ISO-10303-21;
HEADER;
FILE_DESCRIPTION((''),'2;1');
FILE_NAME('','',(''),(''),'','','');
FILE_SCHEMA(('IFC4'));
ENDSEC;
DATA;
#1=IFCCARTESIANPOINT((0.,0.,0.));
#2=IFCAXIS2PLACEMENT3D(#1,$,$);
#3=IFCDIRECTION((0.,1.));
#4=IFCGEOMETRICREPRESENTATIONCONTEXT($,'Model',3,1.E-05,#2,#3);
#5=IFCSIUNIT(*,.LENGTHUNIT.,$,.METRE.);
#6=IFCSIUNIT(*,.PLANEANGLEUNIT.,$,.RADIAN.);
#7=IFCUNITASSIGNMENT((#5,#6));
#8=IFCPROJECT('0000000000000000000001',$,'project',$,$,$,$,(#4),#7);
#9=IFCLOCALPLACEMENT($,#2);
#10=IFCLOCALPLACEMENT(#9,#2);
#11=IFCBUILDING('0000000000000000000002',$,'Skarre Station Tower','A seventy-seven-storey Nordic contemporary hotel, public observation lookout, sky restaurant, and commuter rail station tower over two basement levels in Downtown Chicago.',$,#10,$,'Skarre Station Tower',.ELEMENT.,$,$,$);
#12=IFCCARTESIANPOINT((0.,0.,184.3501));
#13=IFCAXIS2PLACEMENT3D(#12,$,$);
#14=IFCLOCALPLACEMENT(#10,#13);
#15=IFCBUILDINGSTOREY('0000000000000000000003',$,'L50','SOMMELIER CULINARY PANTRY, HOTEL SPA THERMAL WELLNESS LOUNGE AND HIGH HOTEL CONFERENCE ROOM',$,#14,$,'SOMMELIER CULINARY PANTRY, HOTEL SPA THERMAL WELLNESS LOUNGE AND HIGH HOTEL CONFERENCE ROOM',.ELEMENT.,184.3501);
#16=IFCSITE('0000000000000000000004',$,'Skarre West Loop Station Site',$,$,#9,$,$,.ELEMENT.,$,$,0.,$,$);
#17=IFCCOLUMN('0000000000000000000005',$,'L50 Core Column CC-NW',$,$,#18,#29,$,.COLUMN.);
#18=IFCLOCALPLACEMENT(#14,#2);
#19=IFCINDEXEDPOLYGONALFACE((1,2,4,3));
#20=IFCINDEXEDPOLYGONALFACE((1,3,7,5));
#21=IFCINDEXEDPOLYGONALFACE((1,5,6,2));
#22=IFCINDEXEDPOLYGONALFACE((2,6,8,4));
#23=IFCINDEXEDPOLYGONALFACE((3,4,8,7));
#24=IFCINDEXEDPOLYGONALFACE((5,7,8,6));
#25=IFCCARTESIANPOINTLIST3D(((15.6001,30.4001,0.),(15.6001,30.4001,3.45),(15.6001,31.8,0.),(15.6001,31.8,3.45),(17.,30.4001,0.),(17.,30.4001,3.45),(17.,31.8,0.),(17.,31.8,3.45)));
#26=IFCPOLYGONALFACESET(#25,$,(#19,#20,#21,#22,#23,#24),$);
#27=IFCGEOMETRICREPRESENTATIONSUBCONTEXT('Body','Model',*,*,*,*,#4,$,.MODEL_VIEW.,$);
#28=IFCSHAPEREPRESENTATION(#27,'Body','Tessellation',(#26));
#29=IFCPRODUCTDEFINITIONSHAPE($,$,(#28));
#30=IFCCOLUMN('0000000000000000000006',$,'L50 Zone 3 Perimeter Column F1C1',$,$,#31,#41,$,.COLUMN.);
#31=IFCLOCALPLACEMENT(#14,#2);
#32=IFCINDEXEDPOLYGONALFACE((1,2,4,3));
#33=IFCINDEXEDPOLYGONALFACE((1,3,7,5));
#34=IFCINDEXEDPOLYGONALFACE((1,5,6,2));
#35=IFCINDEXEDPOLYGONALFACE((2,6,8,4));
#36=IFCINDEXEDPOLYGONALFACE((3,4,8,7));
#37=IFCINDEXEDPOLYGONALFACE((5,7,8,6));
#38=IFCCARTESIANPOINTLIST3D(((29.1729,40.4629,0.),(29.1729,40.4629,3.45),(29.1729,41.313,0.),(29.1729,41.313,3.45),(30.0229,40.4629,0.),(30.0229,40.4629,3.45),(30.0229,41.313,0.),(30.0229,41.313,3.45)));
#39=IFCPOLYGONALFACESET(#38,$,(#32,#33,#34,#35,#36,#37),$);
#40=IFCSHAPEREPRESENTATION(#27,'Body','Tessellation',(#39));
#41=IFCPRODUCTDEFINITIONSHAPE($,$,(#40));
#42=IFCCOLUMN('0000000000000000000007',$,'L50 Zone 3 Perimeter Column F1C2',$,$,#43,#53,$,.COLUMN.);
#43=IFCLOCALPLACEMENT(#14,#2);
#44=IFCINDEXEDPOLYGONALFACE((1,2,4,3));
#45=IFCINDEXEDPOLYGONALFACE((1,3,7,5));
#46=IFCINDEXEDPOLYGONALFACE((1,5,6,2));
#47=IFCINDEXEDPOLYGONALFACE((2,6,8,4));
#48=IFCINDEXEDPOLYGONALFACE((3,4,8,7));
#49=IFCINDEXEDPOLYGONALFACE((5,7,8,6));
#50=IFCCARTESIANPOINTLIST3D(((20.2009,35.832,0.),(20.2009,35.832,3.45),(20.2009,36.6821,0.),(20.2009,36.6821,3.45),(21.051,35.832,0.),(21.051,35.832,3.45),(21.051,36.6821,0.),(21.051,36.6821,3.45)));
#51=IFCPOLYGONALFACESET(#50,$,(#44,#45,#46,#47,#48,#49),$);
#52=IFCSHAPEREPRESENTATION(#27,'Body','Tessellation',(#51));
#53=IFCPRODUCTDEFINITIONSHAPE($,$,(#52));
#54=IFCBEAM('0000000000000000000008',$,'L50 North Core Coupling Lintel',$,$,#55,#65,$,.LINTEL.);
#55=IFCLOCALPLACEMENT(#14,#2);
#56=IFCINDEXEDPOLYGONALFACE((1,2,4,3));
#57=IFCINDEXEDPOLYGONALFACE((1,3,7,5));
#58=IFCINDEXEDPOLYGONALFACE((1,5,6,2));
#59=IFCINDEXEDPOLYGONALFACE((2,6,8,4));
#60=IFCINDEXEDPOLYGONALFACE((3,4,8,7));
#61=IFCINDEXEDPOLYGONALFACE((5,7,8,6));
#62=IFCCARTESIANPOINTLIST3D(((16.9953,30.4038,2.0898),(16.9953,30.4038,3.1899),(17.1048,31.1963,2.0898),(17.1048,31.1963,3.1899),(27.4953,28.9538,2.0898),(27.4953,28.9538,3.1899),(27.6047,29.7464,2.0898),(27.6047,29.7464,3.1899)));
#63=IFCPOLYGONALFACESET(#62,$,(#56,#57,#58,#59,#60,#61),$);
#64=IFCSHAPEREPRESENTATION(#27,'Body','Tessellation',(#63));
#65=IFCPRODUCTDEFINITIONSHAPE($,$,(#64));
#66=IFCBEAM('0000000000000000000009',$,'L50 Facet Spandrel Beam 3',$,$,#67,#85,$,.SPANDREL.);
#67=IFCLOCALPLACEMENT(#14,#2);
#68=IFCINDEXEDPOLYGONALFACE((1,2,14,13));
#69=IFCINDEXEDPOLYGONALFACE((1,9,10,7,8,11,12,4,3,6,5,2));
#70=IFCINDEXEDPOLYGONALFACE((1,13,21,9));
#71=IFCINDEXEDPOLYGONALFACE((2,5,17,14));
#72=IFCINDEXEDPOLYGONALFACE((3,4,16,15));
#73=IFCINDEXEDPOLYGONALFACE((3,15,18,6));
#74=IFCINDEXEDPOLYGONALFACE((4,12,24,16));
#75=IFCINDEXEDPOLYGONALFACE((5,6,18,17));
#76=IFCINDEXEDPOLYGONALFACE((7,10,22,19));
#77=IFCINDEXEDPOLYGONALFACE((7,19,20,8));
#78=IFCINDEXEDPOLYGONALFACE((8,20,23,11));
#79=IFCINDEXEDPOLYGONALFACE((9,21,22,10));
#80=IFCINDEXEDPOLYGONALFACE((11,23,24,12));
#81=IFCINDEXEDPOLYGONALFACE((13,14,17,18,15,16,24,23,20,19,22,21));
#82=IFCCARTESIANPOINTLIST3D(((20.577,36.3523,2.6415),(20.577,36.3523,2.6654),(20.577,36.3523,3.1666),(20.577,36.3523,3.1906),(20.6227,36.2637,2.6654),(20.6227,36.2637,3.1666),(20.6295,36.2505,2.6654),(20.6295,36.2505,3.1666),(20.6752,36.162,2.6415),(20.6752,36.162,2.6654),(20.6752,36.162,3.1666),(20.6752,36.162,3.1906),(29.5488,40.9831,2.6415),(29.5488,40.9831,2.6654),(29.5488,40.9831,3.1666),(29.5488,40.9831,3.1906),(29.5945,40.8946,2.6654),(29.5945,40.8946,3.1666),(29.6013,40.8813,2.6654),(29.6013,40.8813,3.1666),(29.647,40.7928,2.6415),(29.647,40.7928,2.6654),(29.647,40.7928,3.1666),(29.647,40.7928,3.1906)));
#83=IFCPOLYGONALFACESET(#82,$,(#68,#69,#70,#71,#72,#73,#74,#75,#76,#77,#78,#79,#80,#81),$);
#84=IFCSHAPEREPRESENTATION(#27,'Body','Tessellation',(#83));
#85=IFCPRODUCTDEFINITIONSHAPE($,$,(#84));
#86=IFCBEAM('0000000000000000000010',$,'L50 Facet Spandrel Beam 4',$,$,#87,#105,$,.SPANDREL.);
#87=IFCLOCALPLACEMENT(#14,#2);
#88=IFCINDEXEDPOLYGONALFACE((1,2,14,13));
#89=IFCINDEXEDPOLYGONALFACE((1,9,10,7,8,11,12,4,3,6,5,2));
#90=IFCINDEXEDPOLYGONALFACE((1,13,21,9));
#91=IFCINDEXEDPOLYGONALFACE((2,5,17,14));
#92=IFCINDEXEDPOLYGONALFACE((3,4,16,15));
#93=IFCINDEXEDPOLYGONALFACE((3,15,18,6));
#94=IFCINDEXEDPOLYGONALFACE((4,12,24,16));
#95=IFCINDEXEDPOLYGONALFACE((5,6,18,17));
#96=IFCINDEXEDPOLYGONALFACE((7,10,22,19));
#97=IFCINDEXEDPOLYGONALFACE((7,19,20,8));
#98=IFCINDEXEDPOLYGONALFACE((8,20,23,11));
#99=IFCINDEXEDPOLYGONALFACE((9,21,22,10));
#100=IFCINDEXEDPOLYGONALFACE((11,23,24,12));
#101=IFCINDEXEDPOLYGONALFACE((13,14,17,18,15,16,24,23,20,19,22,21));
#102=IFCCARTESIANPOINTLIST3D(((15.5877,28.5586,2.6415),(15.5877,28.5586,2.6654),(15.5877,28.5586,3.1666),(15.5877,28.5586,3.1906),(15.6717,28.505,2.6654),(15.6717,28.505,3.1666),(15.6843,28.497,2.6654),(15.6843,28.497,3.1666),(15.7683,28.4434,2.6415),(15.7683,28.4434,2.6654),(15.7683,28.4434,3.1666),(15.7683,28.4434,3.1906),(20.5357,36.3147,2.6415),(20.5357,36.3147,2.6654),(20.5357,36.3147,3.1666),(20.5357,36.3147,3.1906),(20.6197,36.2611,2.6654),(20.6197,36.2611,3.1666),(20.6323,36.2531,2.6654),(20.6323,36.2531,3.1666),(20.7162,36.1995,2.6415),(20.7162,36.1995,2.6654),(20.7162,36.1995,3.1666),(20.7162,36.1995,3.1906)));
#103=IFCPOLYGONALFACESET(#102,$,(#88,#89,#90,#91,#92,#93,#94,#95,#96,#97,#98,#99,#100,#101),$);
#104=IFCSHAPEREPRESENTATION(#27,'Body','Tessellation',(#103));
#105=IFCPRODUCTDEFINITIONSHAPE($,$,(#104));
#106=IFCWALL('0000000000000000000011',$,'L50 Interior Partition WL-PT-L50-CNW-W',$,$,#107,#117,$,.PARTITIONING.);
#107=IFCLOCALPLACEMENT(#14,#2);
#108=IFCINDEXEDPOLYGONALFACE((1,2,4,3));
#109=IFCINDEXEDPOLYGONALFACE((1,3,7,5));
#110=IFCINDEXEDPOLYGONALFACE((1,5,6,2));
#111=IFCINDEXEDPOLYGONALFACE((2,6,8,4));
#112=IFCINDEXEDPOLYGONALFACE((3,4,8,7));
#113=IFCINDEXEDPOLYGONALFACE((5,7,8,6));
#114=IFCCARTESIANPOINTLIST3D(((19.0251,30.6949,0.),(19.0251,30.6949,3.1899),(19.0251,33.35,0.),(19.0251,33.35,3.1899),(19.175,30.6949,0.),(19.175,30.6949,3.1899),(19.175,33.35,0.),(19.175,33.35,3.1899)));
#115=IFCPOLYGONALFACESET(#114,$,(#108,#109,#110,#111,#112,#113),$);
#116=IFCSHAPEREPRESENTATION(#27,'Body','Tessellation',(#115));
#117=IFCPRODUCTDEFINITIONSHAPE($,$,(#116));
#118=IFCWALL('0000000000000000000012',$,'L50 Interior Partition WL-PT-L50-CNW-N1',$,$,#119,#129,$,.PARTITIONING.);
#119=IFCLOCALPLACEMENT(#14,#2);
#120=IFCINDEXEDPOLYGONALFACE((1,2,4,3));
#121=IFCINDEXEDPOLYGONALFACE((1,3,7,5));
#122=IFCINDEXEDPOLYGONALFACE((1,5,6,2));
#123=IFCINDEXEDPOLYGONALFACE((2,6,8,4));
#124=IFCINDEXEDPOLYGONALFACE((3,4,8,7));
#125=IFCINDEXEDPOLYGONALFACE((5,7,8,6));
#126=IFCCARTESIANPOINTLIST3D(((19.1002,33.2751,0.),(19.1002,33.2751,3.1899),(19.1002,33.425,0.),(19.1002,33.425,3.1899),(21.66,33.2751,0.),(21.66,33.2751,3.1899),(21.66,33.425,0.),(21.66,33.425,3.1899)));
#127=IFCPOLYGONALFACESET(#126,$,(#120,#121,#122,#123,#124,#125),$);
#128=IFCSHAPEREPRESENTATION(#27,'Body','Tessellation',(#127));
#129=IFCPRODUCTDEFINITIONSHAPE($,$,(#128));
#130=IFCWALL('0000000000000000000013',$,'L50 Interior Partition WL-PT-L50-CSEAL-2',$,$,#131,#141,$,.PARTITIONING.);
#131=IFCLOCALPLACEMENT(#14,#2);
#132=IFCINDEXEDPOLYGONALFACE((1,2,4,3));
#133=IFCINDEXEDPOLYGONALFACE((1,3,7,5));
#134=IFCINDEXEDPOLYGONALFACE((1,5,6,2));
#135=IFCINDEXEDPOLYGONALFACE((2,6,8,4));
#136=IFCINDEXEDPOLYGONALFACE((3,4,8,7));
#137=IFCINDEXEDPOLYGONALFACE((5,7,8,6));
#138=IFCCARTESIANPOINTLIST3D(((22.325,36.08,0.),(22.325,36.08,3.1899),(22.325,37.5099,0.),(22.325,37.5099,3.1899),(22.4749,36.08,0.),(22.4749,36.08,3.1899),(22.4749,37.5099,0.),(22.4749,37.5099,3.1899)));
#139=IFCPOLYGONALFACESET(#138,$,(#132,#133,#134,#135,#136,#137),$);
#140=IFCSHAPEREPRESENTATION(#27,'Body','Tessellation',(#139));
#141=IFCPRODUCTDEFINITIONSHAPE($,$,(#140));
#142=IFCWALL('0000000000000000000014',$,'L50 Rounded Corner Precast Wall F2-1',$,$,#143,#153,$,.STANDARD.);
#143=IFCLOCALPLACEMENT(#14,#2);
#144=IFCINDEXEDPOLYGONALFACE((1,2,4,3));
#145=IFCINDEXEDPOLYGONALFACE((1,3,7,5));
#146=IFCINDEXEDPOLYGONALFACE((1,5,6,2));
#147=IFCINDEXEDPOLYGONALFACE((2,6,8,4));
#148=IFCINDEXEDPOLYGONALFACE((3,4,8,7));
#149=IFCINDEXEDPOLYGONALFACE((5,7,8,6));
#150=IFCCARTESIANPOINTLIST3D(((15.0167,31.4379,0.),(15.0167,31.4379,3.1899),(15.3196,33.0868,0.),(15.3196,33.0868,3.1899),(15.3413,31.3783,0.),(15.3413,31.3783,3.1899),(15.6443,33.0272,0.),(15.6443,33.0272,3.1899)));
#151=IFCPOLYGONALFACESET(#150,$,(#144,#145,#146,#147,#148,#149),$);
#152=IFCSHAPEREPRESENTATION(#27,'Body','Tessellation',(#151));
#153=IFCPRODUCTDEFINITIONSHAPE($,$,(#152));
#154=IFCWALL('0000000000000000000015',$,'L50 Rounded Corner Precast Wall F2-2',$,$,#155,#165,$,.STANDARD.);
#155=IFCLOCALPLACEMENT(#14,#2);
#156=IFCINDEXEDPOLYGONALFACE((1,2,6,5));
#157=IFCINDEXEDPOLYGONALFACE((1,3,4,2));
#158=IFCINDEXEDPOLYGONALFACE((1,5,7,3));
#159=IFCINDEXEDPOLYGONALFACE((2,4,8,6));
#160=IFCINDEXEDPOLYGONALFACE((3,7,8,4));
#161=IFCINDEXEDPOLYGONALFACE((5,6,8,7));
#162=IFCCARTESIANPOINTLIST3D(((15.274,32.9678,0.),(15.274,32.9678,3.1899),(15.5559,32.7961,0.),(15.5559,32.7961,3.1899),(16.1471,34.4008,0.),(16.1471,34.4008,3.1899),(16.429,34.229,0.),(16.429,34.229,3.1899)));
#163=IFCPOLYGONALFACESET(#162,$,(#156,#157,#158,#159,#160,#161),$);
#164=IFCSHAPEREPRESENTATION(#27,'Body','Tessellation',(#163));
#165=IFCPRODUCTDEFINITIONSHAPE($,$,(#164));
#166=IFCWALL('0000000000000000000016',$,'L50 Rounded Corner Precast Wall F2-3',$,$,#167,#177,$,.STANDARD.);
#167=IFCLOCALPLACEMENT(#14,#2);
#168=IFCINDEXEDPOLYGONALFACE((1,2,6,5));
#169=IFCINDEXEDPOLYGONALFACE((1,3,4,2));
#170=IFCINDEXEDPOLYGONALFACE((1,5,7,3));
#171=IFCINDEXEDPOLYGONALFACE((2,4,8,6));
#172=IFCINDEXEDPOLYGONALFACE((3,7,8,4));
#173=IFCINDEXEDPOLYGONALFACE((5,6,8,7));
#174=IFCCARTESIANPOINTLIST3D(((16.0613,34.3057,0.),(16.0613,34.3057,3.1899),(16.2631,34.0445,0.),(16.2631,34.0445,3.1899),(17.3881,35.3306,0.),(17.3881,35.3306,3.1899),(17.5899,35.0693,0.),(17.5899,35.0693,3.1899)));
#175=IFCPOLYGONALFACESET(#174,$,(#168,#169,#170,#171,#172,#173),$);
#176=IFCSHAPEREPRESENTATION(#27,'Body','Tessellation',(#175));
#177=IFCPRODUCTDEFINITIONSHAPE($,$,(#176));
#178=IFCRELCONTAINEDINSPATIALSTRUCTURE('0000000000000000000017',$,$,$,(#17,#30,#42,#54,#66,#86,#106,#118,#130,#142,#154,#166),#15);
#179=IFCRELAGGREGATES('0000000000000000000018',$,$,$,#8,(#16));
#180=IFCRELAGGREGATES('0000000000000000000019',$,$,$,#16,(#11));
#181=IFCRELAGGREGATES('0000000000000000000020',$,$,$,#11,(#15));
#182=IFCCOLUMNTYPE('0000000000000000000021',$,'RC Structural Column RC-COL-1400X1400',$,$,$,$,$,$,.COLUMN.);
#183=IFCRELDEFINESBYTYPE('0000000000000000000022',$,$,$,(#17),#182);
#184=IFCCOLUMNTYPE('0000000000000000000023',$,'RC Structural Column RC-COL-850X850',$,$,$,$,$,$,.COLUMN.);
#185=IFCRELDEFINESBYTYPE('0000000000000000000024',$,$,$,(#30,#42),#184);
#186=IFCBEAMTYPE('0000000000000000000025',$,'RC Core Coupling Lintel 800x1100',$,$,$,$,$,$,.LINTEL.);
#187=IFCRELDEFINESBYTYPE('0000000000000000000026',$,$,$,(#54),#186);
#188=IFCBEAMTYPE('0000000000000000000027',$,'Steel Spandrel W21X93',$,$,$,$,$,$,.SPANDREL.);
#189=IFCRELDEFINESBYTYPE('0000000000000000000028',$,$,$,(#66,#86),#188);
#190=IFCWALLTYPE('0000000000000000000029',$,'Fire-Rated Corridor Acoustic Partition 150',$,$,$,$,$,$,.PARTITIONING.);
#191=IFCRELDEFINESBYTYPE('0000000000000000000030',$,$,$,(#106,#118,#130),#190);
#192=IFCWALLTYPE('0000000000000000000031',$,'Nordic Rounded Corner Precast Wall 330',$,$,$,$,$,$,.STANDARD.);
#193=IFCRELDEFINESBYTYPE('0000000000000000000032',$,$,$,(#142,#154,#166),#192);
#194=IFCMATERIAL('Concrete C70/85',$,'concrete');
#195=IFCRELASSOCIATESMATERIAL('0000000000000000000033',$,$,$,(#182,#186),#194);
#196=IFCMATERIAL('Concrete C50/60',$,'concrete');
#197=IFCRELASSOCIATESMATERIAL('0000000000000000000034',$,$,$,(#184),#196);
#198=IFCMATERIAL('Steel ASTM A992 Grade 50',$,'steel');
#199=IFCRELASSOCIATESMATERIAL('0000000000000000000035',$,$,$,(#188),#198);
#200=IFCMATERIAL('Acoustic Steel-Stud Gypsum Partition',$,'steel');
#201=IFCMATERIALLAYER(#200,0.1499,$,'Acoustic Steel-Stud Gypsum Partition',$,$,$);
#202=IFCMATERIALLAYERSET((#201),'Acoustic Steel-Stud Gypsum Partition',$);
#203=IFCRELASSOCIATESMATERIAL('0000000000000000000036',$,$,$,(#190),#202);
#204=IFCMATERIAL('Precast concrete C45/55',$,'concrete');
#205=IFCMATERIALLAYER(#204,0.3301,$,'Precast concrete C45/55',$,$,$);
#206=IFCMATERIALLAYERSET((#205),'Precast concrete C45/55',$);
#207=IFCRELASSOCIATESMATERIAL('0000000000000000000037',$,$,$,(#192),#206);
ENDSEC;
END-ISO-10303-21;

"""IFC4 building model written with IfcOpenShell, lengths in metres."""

from ifc_helpers import new_model, si_unit, direction, frame, frame_2d, origin, origin_2d, place, context, subcontext, project, spatial, rectangle, i_section, extrude, material, layer, layer_set, material_profile, profile_set, type_object, element, save


model = new_model("IFC4")

# Units and contexts
model_context = context("Model", 3, precision=1e-05, world=origin(), true_north=direction((0.0, 1.0)))
body_context = subcontext(model_context, "Body", "Model", "MODEL_VIEW")
ifc_project = project(units=[si_unit("LENGTHUNIT", "METRE"), si_unit("PLANEANGLEUNIT", "RADIAN")], contexts=[model_context])

# Site, building, storey
site_placement = place(None, origin())
site = spatial("IfcSite", under=ifc_project, at=site_placement, Name="Skarre West Loop Station Site", CompositionType="ELEMENT", RefElevation=0.0)
building_placement = place(site_placement, origin())
building = spatial("IfcBuilding", under=site, at=building_placement, Name="Skarre Station Tower", Description="A seventy-seven-storey Nordic contemporary hotel, public observation lookout, sky restaurant, and commuter rail station tower over two basement levels in Downtown Chicago.", LongName="Skarre Station Tower", CompositionType="ELEMENT")
storey_placement = place(building_placement, frame((0.0, 0.0, 184.3501)))
storey = spatial("IfcBuildingStorey", under=building, at=storey_placement, Name="L50", Description="SOMMELIER CULINARY PANTRY, HOTEL SPA THERMAL WELLNESS LOUNGE AND HIGH HOTEL CONFERENCE ROOM", LongName="SOMMELIER CULINARY PANTRY, HOTEL SPA THERMAL WELLNESS LOUNGE AND HIGH HOTEL CONFERENCE ROOM", CompositionType="ELEMENT", Elevation=184.3501)

# Columns
ifc_material_1 = material(Name="Concrete C70/85", Category="concrete")
ifc_material_profile_1 = material_profile(ifc_material_1, rectangle(XDim=1.3999, YDim=1.3999, at=origin_2d()), Name="Concrete C70/85")
ifc_profile_set_1 = profile_set([ifc_material_profile_1], Name="Concrete C70/85")
column_type_1 = type_object("IfcColumnType", Name="RC Structural Column RC-COL-1400X1400", PredefinedType="COLUMN", material=ifc_profile_set_1)
column_placement = place(storey_placement, frame((16.3, 31.1001, 0.0), z_axis=(0.0, 0.0, 1.0), x_axis=(1.0, 0.0, 0.0)))
element("IfcColumn", 1, at=column_placement, inside=storey, type_object=column_type_1, Name="L50 Core Column CC-NW", PredefinedType="COLUMN", context=body_context, shape_type="SweptSolid", body=[
    extrude(rectangle(XDim=1.3999, YDim=1.3999, at=origin_2d()), origin(), (0.0, 0.0, 1.0), 3.45),
])
ifc_material_2 = material(Name="Concrete C50/60", Category="concrete")
ifc_material_profile_2 = material_profile(ifc_material_2, rectangle(XDim=0.8501, YDim=0.8501, at=origin_2d()), Name="Concrete C50/60")
ifc_profile_set_2 = profile_set([ifc_material_profile_2], Name="Concrete C50/60")
column_type_2 = type_object("IfcColumnType", Name="RC Structural Column RC-COL-850X850", PredefinedType="COLUMN", material=ifc_profile_set_2)
for number, where, z_axis, x_axis, name in (
    (2, (29.5979, 40.8879, 0.0), (0.0, 0.0, 1.0), (1.0, 0.0, 0.0), "L50 Zone 3 Perimeter Column F1C1"),
    (3, (20.626, 36.2571, 0.0), (0.0, 0.0, 1.0), (1.0, 0.0, 0.0), "L50 Zone 3 Perimeter Column F1C2"),
):
    element("IfcColumn", number, at=place(storey_placement, frame(where, z_axis=z_axis, x_axis=x_axis)), inside=storey, type_object=column_type_2, Name=name, PredefinedType="COLUMN", context=body_context, shape_type="SweptSolid", body=[
        extrude(rectangle(XDim=0.8501, YDim=0.8501, at=origin_2d()), origin(), (0.0, 0.0, 1.0), 3.45),
    ])

# Beams
ifc_material_profile_3 = material_profile(ifc_material_1, rectangle(XDim=0.8, YDim=1.1001, at=origin_2d()), Name="Concrete C70/85")
ifc_profile_set_3 = profile_set([ifc_material_profile_3], Name="Concrete C70/85")
beam_type_1 = type_object("IfcBeamType", Name="RC Core Coupling Lintel 800x1100", PredefinedType="LINTEL", material=ifc_profile_set_3)
beam_1_placement = place(storey_placement, frame((17.05, 30.8, 2.6399), z_axis=(0.9906, -0.136792, 0.0), x_axis=(0.136792, 0.9906, 0.0)))
element("IfcBeam", 4, at=beam_1_placement, inside=storey, type_object=beam_type_1, Name="L50 North Core Coupling Lintel", PredefinedType="LINTEL", context=body_context, shape_type="SweptSolid", body=[
    extrude(rectangle(XDim=0.8, YDim=1.1001, at=origin_2d()), origin(), (0.0, 0.0, 1.0), 10.5996),
])
ifc_material_3 = material(Name="Steel ASTM A992 Grade 50", Category="steel")
ifc_material_profile_4 = material_profile(ifc_material_3, i_section(OverallWidth=0.2141, OverallDepth=0.5491, WebThickness=0.0149, FlangeThickness=0.0239, at=origin_2d()), Name="Steel ASTM A992 Grade 50")
ifc_profile_set_4 = profile_set([ifc_material_profile_4], Name="Steel ASTM A992 Grade 50")
beam_type_2 = type_object("IfcBeamType", Name="Steel Spandrel W21X93", PredefinedType="SPANDREL", material=ifc_profile_set_4)
beam_2_placement = place(storey_placement, frame((29.5979, 40.8879, 2.916), z_axis=(-0.888613, -0.458658, 0.0), x_axis=(0.458658, -0.888613, 0.0)))
element("IfcBeam", 5, at=beam_2_placement, inside=storey, type_object=beam_type_2, Name="L50 Facet Spandrel Beam 3", PredefinedType="SPANDREL", context=body_context, shape_type="SweptSolid", body=[
    extrude(i_section(OverallWidth=0.2141, OverallDepth=0.5491, WebThickness=0.0149, FlangeThickness=0.0239, at=origin_2d()), origin(), (0.0, 0.0, 1.0), 10.0964),
])
beam_3_placement = place(storey_placement, frame((20.626, 36.2571, 2.916), z_axis=(-0.537826, -0.843056, 0.0), x_axis=(0.843056, -0.537826, 0.0)))
element("IfcBeam", 6, at=beam_3_placement, inside=storey, type_object=beam_type_2, Name="L50 Facet Spandrel Beam 4", PredefinedType="SPANDREL", context=body_context, shape_type="SweptSolid", body=[
    extrude(i_section(OverallWidth=0.2141, OverallDepth=0.5491, WebThickness=0.0149, FlangeThickness=0.0239, at=origin_2d()), origin(), (0.0, 0.0, 1.0), 9.2),
])

# Walls
ifc_material_4 = material(Name="Acoustic Steel-Stud Gypsum Partition", Category="steel")
ifc_layer_1 = layer(ifc_material_4, 0.1499, Name="Acoustic Steel-Stud Gypsum Partition")
ifc_layer_set_1 = layer_set([ifc_layer_1], Name="Acoustic Steel-Stud Gypsum Partition")
wall_type_1 = type_object("IfcWallType", Name="Fire-Rated Corridor Acoustic Partition 150", PredefinedType="PARTITIONING", material=ifc_layer_set_1)
wall_1_placement = place(storey_placement, frame((19.1001, 33.3501, 0.0), z_axis=(0.0, 0.0, 1.0), x_axis=(0.0, -1.0, 0.0)))
element("IfcWall", 7, at=wall_1_placement, inside=storey, type_object=wall_type_1, Name="L50 Interior Partition WL-PT-L50-CNW-W", PredefinedType="PARTITIONING", context=body_context, shape_type="SweptSolid", body=[
    extrude(rectangle(XDim=2.655, YDim=0.1499, at=frame_2d((1.3276, 0.0))), origin(), (0.0, 0.0, 1.0), 3.1899),
])
wall_2_placement = place(storey_placement, frame((21.6599, 33.3501, 0.0), z_axis=(0.0, 0.0, 1.0), x_axis=(-1.0, 0.0, 0.0)))
element("IfcWall", 8, at=wall_2_placement, inside=storey, type_object=wall_type_1, Name="L50 Interior Partition WL-PT-L50-CNW-N1", PredefinedType="PARTITIONING", context=body_context, shape_type="SweptSolid", body=[
    extrude(rectangle(XDim=2.5598, YDim=0.1499, at=frame_2d((1.2798, 0.0))), origin(), (0.0, 0.0, 1.0), 3.1899),
])
wall_3_placement = place(storey_placement, frame((22.3999, 36.0801, 0.0), z_axis=(0.0, 0.0, 1.0), x_axis=(0.0, 1.0, 0.0)))
element("IfcWall", 9, at=wall_3_placement, inside=storey, type_object=wall_type_1, Name="L50 Interior Partition WL-PT-L50-CSEAL-2", PredefinedType="PARTITIONING", context=body_context, shape_type="SweptSolid", body=[
    extrude(rectangle(XDim=1.4299, YDim=0.1499, at=frame_2d((0.7148, 0.0))), origin(), (0.0, 0.0, 1.0), 3.1899),
])
ifc_material_5 = material(Name="Precast concrete C45/55", Category="concrete")
ifc_layer_2 = layer(ifc_material_5, 0.3301, Name="Precast concrete C45/55")
ifc_layer_set_2 = layer_set([ifc_layer_2], Name="Precast concrete C45/55")
wall_type_2 = type_object("IfcWallType", Name="Nordic Rounded Corner Precast Wall 330", PredefinedType="STANDARD", material=ifc_layer_set_2)
wall_4_placement = place(storey_placement, frame((15.179, 31.408, 0.0), z_axis=(0.0, 0.0, 1.0), x_axis=(0.180718, 0.983535, 0.0)))
element("IfcWall", 10, at=wall_4_placement, inside=storey, type_object=wall_type_2, Name="L50 Rounded Corner Precast Wall F2-1", PredefinedType="STANDARD", context=body_context, shape_type="SweptSolid", body=[
    extrude(rectangle(XDim=1.6765, YDim=0.3301, at=frame_2d((0.8384, 0.0))), origin(), (0.0, 0.0, 1.0), 3.1899),
])
wall_5_placement = place(storey_placement, frame((15.415, 32.8821, 0.0), z_axis=(0.0, 0.0, 1.0), x_axis=(0.520325, 0.853968, 0.0)))
element("IfcWall", 11, at=wall_5_placement, inside=storey, type_object=wall_type_2, Name="L50 Rounded Corner Precast Wall F2-2", PredefinedType="STANDARD", context=body_context, shape_type="SweptSolid", body=[
    extrude(rectangle(XDim=1.678, YDim=0.3301, at=frame_2d((0.8389, 0.0))), origin(), (0.0, 0.0, 1.0), 3.1899),
])
wall_6_placement = place(storey_placement, frame((16.1621, 34.175, 0.0), z_axis=(0.0, 0.0, 1.0), x_axis=(0.79141, 0.611286, 0.0)))
element("IfcWall", 12, at=wall_6_placement, inside=storey, type_object=wall_type_2, Name="L50 Rounded Corner Precast Wall F2-3", PredefinedType="STANDARD", context=body_context, shape_type="SweptSolid", body=[
    extrude(rectangle(XDim=1.6765, YDim=0.3301, at=frame_2d((0.8384, 0.0))), origin(), (0.0, 0.0, 1.0), 3.1899),
])

save(model, "model.ifc")
